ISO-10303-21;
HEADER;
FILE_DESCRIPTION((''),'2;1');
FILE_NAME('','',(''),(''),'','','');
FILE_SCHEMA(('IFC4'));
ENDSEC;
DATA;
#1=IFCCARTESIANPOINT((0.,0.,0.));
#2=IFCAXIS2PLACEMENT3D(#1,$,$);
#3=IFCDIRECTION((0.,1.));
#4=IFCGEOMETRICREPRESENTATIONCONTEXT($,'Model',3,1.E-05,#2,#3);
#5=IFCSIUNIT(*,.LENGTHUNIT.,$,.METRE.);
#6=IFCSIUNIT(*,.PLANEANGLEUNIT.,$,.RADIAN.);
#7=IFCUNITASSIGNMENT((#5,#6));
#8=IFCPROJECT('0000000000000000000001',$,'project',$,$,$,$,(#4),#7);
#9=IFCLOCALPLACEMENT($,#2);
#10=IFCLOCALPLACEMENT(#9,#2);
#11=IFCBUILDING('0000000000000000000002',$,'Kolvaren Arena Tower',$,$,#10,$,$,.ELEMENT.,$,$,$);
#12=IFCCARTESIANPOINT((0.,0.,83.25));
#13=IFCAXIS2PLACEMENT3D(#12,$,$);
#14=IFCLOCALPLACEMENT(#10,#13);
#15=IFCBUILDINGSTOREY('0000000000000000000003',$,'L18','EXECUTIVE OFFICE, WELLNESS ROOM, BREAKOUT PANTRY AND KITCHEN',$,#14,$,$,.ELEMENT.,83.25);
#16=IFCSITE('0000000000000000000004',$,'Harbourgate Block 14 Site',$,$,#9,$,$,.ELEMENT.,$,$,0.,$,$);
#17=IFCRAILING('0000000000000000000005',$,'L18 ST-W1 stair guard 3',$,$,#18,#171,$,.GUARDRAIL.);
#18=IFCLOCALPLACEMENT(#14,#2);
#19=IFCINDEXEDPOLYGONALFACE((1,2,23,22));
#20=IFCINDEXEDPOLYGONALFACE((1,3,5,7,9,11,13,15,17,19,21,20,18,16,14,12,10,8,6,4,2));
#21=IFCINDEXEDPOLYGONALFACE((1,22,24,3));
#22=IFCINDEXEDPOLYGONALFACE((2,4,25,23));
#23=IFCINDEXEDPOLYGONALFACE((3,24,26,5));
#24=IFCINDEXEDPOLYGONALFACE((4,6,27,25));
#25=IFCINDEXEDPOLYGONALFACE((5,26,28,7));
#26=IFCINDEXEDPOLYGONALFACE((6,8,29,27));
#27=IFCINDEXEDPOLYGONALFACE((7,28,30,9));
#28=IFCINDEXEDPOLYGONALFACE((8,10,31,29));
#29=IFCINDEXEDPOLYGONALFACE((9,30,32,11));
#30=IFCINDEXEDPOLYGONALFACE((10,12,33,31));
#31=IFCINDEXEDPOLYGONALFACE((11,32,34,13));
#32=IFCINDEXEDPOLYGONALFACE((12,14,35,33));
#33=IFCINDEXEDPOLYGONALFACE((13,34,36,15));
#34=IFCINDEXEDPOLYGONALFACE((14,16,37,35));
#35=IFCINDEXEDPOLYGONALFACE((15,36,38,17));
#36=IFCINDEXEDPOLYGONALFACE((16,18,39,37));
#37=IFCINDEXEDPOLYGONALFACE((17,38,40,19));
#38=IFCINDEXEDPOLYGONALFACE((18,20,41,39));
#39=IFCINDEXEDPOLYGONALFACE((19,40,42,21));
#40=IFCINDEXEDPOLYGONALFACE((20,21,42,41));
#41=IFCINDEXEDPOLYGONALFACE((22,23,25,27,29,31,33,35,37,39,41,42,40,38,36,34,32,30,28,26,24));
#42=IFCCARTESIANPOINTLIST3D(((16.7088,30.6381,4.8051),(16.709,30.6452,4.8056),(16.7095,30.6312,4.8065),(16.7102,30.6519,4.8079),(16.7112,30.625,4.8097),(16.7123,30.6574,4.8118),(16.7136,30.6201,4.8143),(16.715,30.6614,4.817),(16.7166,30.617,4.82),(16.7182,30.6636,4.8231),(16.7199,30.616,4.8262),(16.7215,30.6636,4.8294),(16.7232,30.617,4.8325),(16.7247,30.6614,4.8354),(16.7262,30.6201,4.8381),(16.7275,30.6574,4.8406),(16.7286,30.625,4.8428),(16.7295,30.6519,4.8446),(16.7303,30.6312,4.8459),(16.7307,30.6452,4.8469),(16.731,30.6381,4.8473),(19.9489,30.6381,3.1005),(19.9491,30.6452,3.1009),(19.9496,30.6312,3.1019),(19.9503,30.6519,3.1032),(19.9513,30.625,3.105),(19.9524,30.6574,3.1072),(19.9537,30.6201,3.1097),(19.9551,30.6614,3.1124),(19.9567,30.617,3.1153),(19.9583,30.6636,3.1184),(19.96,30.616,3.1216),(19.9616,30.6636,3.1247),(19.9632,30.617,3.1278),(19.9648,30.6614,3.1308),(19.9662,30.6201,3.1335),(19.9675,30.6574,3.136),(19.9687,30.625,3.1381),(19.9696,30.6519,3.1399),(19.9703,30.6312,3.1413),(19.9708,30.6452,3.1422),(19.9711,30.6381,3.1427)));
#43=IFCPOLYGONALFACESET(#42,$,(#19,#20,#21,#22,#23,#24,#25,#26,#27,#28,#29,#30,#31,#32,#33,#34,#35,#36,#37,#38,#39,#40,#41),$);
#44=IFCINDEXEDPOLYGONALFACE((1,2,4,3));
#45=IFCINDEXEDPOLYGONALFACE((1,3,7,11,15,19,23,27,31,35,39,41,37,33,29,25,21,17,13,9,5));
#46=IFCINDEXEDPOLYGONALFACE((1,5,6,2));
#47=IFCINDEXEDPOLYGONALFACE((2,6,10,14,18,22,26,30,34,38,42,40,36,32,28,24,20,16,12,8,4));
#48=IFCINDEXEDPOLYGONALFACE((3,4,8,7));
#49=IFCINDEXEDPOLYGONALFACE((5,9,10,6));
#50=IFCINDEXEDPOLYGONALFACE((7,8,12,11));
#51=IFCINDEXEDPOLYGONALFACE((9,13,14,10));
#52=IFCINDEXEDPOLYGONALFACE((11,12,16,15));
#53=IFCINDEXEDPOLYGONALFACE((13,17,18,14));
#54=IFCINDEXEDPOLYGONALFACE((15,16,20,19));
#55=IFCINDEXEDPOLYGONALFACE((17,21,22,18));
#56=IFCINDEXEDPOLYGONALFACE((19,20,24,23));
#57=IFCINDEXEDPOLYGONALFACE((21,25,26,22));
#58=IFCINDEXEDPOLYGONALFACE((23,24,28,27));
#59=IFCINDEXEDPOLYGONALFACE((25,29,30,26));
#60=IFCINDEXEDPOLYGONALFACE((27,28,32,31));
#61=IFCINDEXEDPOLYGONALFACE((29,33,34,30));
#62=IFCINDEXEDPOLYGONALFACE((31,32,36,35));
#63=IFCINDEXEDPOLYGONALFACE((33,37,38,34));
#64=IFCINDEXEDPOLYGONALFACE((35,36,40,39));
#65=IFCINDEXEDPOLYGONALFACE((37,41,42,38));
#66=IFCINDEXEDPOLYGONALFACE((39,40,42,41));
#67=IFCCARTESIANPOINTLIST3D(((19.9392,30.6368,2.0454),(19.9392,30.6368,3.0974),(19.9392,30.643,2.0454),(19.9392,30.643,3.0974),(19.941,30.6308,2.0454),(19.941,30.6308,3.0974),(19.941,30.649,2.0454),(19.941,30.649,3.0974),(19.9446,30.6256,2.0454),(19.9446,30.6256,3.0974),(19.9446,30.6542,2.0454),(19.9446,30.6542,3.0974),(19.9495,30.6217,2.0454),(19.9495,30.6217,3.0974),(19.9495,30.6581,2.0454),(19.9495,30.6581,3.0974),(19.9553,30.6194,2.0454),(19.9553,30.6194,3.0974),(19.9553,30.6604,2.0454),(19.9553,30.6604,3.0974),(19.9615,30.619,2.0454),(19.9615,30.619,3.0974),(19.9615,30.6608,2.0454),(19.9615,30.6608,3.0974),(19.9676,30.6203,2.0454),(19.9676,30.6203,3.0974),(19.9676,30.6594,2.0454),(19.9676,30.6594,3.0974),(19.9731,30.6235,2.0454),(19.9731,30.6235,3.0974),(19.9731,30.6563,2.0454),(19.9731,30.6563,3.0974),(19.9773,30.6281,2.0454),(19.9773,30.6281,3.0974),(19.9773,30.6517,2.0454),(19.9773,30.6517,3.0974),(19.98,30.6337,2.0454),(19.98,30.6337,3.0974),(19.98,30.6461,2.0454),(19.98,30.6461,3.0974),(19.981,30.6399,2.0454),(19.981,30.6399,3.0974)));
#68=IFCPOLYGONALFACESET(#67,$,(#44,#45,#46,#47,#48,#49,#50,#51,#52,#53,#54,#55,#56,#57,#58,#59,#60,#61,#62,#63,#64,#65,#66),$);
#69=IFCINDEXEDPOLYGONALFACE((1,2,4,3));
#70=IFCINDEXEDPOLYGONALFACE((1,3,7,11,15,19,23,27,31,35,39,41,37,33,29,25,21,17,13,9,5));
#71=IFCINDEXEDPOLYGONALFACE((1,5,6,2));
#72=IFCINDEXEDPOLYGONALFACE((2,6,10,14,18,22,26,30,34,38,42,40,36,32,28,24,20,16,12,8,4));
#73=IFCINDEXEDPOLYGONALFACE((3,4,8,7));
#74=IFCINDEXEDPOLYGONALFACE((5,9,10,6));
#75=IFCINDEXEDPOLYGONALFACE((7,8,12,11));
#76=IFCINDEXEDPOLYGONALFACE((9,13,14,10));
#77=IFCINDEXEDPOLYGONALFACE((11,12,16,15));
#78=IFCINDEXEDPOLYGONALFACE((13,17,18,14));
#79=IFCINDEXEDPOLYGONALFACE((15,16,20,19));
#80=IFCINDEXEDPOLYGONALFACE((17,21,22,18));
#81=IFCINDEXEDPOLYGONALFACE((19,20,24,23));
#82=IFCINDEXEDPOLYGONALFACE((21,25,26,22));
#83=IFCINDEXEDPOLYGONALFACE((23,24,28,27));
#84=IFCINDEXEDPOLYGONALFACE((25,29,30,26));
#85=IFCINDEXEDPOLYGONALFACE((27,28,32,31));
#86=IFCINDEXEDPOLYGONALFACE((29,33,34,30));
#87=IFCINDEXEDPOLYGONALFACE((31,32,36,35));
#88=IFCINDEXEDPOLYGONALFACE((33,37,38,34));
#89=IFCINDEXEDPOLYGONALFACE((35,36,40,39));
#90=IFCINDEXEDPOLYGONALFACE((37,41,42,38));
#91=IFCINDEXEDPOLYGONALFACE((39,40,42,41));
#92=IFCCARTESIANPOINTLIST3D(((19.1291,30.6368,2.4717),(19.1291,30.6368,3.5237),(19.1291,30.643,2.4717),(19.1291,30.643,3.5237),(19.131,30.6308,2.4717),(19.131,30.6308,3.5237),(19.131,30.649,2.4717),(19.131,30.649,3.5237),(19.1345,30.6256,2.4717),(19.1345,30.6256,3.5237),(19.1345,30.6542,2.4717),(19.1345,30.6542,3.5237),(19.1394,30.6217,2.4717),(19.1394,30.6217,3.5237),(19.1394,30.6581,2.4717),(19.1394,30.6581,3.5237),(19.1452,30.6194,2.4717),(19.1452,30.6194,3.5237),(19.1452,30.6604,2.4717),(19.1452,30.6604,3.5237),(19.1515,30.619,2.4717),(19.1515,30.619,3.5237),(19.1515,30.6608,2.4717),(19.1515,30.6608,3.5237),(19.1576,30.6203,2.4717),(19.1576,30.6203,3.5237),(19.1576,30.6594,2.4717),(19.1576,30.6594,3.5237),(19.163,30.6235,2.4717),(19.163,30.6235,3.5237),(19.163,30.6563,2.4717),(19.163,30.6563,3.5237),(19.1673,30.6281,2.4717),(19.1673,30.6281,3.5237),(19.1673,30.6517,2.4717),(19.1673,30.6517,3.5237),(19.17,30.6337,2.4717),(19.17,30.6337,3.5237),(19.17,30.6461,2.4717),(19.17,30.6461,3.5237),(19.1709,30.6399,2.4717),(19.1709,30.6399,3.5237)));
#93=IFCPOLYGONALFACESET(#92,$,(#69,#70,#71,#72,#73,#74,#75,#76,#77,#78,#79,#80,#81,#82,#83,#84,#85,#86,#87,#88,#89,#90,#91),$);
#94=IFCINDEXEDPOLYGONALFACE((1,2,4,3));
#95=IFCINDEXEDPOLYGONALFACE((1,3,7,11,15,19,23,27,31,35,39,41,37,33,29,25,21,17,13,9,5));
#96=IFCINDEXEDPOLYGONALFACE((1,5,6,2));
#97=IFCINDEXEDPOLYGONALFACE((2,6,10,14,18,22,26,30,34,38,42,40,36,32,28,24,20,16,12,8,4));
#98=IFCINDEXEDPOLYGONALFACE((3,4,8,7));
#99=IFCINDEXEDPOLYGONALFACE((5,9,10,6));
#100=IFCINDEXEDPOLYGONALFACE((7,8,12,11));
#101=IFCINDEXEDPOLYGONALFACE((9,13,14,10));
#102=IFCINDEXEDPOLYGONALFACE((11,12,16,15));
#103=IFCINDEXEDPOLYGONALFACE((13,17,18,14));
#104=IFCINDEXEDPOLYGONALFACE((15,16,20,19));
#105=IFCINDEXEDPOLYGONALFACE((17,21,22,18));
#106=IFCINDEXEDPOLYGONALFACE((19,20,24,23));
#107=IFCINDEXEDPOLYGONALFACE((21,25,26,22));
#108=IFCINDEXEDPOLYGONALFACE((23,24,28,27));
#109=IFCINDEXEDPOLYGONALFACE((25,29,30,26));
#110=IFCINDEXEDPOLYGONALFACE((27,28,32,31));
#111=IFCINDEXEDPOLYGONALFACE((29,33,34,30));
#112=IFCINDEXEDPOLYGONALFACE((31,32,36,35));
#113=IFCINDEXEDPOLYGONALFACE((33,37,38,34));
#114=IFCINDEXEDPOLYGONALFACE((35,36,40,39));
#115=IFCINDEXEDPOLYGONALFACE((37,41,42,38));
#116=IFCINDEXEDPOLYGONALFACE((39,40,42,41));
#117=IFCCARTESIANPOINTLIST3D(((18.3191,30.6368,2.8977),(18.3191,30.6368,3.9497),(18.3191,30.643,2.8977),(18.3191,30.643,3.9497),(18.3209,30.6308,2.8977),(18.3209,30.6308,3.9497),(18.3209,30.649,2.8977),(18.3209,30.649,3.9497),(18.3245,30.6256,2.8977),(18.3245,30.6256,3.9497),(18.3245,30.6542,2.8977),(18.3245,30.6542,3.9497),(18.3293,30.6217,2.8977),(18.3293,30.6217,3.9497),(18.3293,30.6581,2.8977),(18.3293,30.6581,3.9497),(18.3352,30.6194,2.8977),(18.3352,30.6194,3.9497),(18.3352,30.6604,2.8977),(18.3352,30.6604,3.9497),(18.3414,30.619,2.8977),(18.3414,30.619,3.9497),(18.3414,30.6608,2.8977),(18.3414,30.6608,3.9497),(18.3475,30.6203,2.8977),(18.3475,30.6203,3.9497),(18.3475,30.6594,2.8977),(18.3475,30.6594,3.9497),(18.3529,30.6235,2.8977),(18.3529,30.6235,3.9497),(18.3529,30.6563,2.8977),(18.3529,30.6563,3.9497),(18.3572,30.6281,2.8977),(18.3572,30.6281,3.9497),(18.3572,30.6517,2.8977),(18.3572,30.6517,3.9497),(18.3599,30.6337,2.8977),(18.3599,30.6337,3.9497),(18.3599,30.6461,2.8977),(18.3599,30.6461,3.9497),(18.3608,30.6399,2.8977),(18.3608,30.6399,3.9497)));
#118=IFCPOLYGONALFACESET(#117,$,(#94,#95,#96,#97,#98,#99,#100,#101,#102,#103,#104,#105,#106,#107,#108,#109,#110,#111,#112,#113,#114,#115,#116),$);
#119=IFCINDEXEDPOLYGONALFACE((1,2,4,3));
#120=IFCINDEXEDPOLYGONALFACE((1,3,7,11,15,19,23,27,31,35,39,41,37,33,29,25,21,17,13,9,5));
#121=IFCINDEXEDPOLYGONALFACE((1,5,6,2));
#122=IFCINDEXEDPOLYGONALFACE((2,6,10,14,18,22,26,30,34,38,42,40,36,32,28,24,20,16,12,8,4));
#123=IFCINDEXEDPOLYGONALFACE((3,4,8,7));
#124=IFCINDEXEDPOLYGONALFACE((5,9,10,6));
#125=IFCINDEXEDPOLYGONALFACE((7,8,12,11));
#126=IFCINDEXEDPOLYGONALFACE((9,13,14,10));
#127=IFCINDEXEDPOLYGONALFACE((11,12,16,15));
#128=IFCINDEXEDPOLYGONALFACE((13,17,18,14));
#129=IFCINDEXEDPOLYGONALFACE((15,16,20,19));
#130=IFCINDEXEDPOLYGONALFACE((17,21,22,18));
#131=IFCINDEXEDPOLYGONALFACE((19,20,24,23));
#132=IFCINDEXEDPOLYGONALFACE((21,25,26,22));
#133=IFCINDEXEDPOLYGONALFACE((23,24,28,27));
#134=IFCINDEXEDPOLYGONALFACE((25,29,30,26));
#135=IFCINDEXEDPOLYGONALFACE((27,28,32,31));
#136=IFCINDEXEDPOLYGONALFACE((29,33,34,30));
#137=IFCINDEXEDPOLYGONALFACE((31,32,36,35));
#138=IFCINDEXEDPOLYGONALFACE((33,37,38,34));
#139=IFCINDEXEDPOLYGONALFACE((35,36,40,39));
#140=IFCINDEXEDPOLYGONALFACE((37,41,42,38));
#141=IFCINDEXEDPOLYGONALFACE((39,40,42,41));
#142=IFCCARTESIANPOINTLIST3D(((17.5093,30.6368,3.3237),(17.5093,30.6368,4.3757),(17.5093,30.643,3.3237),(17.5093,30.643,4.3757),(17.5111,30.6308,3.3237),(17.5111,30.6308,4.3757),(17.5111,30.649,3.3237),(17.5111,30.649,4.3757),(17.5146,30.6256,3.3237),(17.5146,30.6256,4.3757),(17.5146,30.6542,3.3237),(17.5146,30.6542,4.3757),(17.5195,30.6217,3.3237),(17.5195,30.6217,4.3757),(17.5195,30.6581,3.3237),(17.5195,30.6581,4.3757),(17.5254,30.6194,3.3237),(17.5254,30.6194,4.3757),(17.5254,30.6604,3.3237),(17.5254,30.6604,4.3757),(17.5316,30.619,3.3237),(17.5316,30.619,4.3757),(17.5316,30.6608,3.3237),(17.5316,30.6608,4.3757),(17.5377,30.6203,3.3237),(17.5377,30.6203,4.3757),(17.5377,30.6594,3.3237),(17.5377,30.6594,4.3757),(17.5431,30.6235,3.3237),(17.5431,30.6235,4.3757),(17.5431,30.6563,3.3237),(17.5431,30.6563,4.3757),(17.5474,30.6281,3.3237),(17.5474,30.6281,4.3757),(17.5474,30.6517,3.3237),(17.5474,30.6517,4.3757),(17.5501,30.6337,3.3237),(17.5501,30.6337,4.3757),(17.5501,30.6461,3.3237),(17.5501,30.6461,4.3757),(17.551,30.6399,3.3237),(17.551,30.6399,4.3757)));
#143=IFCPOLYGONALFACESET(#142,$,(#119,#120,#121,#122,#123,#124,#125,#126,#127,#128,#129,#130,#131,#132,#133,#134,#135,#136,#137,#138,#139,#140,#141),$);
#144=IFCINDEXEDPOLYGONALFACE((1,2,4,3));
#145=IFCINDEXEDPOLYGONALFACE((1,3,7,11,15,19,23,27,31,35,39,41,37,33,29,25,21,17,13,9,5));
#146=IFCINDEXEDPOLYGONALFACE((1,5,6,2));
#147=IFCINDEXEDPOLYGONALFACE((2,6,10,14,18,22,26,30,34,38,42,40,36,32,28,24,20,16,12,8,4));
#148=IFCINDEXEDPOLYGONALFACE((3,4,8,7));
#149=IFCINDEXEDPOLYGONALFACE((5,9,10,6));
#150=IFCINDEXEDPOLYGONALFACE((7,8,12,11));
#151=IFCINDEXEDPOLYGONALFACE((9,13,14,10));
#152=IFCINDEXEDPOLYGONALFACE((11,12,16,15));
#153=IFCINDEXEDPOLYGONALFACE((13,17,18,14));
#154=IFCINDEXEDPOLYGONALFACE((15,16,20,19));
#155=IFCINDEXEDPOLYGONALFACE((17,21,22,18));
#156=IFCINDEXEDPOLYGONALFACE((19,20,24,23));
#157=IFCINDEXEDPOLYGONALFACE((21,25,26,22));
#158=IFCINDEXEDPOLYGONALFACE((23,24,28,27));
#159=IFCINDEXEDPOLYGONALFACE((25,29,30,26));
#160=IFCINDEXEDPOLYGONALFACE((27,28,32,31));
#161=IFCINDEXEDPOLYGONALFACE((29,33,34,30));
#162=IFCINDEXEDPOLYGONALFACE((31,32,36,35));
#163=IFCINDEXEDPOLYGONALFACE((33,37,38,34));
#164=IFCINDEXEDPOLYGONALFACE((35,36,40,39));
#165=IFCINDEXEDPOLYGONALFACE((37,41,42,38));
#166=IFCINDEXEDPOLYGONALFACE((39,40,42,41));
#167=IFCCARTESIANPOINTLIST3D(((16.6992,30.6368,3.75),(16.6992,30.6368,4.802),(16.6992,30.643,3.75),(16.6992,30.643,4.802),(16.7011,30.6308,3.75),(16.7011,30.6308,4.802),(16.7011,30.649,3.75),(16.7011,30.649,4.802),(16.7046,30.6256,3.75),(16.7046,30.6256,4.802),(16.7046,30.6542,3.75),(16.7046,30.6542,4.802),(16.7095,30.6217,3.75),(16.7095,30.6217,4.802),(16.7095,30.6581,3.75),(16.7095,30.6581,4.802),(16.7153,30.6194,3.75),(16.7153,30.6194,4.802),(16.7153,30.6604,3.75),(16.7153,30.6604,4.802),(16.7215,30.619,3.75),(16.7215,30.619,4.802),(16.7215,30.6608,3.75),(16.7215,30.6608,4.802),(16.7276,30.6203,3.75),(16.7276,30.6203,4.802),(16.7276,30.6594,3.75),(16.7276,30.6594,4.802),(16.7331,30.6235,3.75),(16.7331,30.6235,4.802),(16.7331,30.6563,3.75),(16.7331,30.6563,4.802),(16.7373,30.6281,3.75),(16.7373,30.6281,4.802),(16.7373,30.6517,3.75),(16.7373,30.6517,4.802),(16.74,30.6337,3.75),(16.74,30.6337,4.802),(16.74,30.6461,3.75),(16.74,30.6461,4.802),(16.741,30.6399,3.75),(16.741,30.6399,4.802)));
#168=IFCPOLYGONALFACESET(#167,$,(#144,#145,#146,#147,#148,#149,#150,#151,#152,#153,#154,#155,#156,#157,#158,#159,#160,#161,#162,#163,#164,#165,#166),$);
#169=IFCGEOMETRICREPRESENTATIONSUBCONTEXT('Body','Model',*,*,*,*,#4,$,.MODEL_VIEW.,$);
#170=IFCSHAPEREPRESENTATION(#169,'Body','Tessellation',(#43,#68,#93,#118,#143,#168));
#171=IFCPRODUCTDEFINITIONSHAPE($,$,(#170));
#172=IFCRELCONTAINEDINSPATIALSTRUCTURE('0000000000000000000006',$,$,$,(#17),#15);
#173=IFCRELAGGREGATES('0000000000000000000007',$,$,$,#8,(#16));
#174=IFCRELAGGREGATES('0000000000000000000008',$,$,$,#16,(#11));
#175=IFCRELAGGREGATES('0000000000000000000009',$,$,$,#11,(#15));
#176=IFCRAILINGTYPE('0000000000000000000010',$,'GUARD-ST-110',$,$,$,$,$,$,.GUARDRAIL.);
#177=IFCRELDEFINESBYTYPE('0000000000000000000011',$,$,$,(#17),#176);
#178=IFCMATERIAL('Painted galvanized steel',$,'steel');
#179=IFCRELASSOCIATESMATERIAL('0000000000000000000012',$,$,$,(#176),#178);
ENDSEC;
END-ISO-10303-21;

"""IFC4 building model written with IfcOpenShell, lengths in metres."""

from ifc_helpers import new_model, si_unit, direction, frame, origin, origin_2d, place, context, subcontext, project, spatial, circle, extrude, material, type_object, element, save


model = new_model("IFC4")

# Units and contexts
model_context = context("Model", 3, precision=1e-05, world=origin(), true_north=direction((0.0, 1.0)))
body_context = subcontext(model_context, "Body", "Model", "MODEL_VIEW")
ifc_project = project(units=[si_unit("LENGTHUNIT", "METRE"), si_unit("PLANEANGLEUNIT", "RADIAN")], contexts=[model_context])

# Site, building, storey
site_placement = place(None, origin())
site = spatial("IfcSite", under=ifc_project, at=site_placement, Name="Harbourgate Block 14 Site", CompositionType="ELEMENT", RefElevation=0.0)
building_placement = place(site_placement, origin())
building = spatial("IfcBuilding", under=site, at=building_placement, Name="Kolvaren Arena Tower", CompositionType="ELEMENT")
storey_placement = place(building_placement, frame((0.0, 0.0, 83.25)))
storey = spatial("IfcBuildingStorey", under=building, at=storey_placement, Name="L18", Description="EXECUTIVE OFFICE, WELLNESS ROOM, BREAKOUT PANTRY AND KITCHEN", CompositionType="ELEMENT", Elevation=83.25)

# Railing
ifc_material_1 = material(Name="Painted galvanized steel", Category="steel")
railing_type = type_object("IfcRailingType", Name="GUARD-ST-110", PredefinedType="GUARDRAIL", material=ifc_material_1)
railing_1_placement = place(storey_placement, frame((19.96, 30.6399, 2.0454)))
element("IfcRailing", 1, at=railing_1_placement, inside=storey, type_object=railing_type, Name="L18 ST-W1 stair guard 3", PredefinedType="GUARDRAIL", context=body_context, shape_type="SweptSolid", body=[
    extrude(circle(Radius=0.0239, at=origin_2d()), frame((0.0, 0.0, 1.0762), z_axis=(-0.884993, 0.0, 0.465604), x_axis=(0.0, -1.0, 0.0)), (0.0, 0.0, 1.0), 3.6611),
    extrude(circle(Radius=0.021, at=origin_2d()), origin(), (0.0, 0.0, 1.0), 1.052),
    extrude(circle(Radius=0.021, at=origin_2d()), frame((-0.8101, 0.0, 0.4263)), (0.0, 0.0, 1.0), 1.052),
    extrude(circle(Radius=0.021, at=origin_2d()), frame((-1.6201, 0.0, 0.8523)), (0.0, 0.0, 1.0), 1.052),
    extrude(circle(Radius=0.021, at=origin_2d()), frame((-2.4299, 0.0, 1.2783)), (0.0, 0.0, 1.0), 1.052),
    extrude(circle(Radius=0.021, at=origin_2d()), frame((-3.24, 0.0, 1.7046)), (0.0, 0.0, 1.0), 1.052),
])

save(model, "model.ifc")
